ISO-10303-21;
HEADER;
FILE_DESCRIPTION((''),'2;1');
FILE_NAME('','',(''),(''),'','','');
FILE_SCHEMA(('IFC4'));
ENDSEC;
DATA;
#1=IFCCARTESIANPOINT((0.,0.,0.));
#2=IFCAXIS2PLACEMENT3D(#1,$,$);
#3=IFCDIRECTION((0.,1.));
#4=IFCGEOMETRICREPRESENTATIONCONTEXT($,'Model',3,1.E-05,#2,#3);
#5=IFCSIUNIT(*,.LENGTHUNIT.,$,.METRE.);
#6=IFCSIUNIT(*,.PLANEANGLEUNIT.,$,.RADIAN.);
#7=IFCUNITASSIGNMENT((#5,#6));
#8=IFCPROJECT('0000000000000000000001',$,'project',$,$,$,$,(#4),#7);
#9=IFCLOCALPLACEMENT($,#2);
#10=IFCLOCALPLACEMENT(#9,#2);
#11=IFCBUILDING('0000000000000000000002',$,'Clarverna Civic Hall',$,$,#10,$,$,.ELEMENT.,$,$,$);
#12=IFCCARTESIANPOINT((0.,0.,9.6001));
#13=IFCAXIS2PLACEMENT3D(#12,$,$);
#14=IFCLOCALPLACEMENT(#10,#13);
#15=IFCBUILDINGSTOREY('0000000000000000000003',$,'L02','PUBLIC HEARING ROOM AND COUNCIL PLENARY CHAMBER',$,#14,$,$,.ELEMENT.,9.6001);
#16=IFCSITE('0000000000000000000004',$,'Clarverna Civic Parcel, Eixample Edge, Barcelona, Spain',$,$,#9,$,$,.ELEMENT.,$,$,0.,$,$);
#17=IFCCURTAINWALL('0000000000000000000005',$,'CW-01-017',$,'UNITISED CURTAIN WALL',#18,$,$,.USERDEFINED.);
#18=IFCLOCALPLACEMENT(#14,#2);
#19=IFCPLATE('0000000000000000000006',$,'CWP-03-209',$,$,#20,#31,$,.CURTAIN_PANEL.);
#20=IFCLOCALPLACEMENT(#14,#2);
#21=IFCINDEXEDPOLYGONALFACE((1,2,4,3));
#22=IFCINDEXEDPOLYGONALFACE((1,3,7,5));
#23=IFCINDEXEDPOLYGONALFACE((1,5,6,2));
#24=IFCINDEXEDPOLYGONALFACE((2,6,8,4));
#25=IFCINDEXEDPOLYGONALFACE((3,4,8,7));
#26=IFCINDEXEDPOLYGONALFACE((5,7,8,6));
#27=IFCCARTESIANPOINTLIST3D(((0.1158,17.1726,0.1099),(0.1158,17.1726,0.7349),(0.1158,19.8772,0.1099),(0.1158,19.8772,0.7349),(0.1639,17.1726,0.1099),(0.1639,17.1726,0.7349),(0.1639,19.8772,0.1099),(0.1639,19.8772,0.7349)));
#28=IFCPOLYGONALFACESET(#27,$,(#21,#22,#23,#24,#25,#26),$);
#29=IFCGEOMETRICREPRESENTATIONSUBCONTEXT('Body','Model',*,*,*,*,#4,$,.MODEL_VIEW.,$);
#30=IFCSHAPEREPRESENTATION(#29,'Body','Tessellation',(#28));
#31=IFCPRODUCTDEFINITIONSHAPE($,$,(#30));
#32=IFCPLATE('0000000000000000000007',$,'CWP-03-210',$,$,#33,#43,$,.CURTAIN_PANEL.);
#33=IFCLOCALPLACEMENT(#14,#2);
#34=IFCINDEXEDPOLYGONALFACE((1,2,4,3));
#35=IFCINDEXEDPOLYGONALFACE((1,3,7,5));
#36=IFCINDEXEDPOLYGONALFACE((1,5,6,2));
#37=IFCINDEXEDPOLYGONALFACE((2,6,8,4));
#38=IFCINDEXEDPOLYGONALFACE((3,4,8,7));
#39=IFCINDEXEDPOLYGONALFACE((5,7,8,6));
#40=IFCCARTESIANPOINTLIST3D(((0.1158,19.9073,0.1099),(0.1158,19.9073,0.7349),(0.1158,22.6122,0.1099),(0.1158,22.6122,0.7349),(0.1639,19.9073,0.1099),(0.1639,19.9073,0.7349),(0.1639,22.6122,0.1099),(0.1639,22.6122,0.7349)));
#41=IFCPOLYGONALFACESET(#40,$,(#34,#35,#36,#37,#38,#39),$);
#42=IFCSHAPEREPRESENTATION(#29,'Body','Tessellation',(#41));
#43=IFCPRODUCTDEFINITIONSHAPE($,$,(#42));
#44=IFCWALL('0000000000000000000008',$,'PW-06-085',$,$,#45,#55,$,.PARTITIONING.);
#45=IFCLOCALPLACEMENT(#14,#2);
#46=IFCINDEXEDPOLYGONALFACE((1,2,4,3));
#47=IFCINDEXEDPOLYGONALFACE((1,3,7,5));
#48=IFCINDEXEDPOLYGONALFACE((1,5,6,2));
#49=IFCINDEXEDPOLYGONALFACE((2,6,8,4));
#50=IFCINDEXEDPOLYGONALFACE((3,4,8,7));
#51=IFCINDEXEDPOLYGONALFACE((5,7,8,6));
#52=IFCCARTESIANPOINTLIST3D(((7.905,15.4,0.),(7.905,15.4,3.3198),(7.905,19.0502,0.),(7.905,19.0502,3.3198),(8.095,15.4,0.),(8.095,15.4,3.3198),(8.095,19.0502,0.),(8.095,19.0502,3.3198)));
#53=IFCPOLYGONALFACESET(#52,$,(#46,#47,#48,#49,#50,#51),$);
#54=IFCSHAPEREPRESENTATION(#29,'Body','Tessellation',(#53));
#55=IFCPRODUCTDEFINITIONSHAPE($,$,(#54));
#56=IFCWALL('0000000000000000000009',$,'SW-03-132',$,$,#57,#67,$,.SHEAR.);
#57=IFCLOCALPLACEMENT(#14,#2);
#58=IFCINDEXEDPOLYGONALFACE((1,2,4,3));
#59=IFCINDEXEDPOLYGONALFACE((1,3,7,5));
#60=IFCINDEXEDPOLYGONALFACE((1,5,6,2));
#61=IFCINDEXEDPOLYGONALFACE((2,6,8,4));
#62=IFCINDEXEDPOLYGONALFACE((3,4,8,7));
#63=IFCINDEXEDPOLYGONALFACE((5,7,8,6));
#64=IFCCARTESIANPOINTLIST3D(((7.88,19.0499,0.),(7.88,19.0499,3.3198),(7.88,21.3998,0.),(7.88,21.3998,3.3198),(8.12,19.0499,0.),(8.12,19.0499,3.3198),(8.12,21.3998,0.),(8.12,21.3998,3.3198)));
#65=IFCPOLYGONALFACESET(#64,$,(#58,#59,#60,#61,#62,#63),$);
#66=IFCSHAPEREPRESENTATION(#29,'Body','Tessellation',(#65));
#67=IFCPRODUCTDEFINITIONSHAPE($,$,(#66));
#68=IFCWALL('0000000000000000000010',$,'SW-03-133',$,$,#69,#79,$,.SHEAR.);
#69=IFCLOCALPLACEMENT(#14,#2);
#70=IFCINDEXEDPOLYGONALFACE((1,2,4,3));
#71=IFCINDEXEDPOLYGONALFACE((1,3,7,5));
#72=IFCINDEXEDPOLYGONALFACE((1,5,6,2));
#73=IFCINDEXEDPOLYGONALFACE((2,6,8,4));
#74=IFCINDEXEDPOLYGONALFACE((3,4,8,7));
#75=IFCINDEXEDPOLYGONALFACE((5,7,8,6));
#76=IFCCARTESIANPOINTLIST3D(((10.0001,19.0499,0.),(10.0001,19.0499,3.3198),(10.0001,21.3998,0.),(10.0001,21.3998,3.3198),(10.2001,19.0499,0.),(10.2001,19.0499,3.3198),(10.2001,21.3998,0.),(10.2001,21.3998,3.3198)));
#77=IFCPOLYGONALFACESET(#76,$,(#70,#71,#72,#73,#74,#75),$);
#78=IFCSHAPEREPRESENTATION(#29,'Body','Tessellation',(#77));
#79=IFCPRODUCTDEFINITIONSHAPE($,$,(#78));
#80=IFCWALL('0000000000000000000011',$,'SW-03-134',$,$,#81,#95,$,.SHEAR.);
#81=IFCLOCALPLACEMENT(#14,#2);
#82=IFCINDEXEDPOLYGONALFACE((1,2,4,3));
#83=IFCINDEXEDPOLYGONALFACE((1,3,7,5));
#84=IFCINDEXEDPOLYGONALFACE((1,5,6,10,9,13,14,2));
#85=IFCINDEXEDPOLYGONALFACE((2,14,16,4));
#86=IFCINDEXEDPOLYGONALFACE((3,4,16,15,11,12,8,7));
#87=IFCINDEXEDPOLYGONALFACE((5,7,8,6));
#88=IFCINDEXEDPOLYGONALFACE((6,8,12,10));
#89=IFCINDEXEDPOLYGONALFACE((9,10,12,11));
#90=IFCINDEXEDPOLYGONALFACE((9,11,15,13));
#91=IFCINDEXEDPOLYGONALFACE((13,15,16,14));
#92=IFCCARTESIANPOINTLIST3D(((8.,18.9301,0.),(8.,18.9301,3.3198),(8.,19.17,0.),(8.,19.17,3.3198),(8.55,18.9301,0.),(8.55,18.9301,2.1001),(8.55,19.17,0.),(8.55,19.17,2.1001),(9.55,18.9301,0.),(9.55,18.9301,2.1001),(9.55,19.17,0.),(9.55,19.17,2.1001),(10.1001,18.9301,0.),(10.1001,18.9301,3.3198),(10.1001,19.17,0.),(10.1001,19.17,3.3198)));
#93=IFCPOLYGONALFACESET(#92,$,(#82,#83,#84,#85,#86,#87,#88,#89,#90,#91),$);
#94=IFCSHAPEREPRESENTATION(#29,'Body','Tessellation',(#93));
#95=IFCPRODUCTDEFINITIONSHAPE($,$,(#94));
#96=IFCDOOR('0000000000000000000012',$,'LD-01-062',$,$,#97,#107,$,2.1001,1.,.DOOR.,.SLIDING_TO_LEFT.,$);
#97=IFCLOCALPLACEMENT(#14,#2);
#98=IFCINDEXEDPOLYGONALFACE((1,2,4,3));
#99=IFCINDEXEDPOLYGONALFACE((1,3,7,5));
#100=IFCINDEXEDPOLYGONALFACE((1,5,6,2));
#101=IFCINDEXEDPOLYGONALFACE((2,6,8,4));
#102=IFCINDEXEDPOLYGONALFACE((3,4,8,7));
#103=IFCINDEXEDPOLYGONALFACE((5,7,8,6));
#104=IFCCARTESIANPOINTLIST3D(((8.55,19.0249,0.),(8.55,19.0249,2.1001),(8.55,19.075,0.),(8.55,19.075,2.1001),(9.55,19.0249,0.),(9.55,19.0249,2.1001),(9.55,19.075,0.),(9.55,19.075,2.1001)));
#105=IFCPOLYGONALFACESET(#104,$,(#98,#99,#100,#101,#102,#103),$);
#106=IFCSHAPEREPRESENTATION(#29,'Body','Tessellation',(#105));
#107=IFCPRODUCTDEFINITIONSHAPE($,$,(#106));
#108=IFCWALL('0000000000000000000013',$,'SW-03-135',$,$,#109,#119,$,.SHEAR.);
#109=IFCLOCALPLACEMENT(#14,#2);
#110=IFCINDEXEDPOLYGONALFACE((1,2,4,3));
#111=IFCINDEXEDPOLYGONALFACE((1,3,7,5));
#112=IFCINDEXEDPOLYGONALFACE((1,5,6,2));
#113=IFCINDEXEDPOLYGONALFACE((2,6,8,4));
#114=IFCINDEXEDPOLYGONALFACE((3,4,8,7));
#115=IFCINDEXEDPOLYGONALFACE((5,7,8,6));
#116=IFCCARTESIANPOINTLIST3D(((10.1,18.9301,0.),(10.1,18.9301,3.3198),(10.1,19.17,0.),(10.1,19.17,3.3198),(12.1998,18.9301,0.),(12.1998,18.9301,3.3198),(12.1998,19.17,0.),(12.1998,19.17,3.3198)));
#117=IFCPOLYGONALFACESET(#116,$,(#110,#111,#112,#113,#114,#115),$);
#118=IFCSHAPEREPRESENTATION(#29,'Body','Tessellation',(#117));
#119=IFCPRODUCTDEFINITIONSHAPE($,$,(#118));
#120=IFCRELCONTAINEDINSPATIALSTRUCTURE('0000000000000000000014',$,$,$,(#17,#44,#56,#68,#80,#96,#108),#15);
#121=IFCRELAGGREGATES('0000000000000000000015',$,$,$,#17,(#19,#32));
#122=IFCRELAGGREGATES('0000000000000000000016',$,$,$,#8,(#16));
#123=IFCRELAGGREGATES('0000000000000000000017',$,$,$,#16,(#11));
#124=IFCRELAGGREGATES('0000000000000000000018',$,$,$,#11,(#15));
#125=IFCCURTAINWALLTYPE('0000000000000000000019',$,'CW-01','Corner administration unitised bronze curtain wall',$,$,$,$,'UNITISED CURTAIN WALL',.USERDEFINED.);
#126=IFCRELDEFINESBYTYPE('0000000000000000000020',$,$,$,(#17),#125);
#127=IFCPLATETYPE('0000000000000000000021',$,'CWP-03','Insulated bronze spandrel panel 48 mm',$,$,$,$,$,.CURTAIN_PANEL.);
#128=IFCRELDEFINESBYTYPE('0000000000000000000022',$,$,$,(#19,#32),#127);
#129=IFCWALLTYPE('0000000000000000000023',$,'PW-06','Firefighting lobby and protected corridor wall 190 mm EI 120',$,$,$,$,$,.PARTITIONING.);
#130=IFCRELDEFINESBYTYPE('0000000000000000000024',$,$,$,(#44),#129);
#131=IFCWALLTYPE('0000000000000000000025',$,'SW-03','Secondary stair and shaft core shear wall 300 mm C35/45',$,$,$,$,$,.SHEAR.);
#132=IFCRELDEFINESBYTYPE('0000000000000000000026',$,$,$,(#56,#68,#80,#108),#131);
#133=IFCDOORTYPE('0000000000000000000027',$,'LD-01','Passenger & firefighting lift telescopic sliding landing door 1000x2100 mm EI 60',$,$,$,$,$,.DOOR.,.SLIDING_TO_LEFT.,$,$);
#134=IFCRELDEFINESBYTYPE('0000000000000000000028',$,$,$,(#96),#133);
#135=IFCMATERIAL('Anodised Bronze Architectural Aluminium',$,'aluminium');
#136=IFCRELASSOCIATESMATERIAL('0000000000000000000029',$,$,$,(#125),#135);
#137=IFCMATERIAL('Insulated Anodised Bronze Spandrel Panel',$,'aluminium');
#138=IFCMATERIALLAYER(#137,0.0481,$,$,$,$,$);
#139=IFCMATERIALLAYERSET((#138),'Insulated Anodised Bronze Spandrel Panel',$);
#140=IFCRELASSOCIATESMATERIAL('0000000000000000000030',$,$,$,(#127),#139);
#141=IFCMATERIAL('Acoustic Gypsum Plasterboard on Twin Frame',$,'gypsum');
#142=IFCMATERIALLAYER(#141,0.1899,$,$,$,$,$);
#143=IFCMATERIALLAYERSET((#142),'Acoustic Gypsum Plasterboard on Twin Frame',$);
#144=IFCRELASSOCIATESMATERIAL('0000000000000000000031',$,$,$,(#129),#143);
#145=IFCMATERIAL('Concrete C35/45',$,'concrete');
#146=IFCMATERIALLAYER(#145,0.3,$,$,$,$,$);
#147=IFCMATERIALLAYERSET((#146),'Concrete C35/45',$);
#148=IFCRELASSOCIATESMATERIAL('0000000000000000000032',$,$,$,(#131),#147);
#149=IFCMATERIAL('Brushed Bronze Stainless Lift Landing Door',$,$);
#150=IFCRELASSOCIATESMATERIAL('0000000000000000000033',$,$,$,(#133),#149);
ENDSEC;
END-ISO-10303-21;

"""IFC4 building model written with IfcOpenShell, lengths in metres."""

from ifc_helpers import new_model, si_unit, direction, frame, frame_2d, origin, place, context, subcontext, project, spatial, rectangle, extrude, material, layer, layer_set, type_object, element, fill, aggregate, save


model = new_model("IFC4")

# Units and contexts
model_context = context("Model", 3, precision=1e-05, world=origin(), true_north=direction((0.0, 1.0)))
body_context = subcontext(model_context, "Body", "Model", "MODEL_VIEW")
ifc_project = project(units=[si_unit("LENGTHUNIT", "METRE"), si_unit("PLANEANGLEUNIT", "RADIAN")], contexts=[model_context])

# Site, building, storey
site_placement = place(None, origin())
site = spatial("IfcSite", under=ifc_project, at=site_placement, Name="Clarverna Civic Parcel, Eixample Edge, Barcelona, Spain", CompositionType="ELEMENT", RefElevation=0.0)
building_placement = place(site_placement, origin())
building = spatial("IfcBuilding", under=site, at=building_placement, Name="Clarverna Civic Hall", CompositionType="ELEMENT")
storey_placement = place(building_placement, frame((0.0, 0.0, 9.6001)))
storey = spatial("IfcBuildingStorey", under=building, at=storey_placement, Name="L02", Description="PUBLIC HEARING ROOM AND COUNCIL PLENARY CHAMBER", CompositionType="ELEMENT", Elevation=9.6001)

# Shared definitions
ifc_material_1 = material(Name="Concrete C35/45", Category="concrete")

# Curtain wall
ifc_material_2 = material(Name="Anodised Bronze Architectural Aluminium", Category="aluminium")
curtain_wall_type = type_object("IfcCurtainWallType", Name="CW-01", Description="Corner administration unitised bronze curtain wall", ElementType="UNITISED CURTAIN WALL", PredefinedType="USERDEFINED", material=ifc_material_2)
curtain_wall_placement = place(storey_placement, origin())
curtain_wall = element("IfcCurtainWall", 1, at=curtain_wall_placement, inside=storey, type_object=curtain_wall_type, Name="CW-01-017", ObjectType="UNITISED CURTAIN WALL", PredefinedType="USERDEFINED")

# Plates
ifc_material_3 = material(Name="Insulated Anodised Bronze Spandrel Panel", Category="aluminium")
ifc_layer_1 = layer(ifc_material_3, 0.0481)
ifc_layer_set_1 = layer_set([ifc_layer_1], Name="Insulated Anodised Bronze Spandrel Panel")
plate_type_1 = type_object("IfcPlateType", Name="CWP-03", Description="Insulated bronze spandrel panel 48 mm", PredefinedType="CURTAIN_PANEL", material=ifc_layer_set_1)
plate_1_placement = place(storey_placement, frame((0.1399, 17.1726, 0.1099), z_axis=(0.0, 0.0, 1.0), x_axis=(0.0, 1.0, 0.0)))
plate_1 = element("IfcPlate", 2, at=plate_1_placement, type_object=plate_type_1, Name="CWP-03-209", PredefinedType="CURTAIN_PANEL", context=body_context, shape_type="SweptSolid", body=[
    extrude(rectangle(XDim=2.7046, YDim=0.0481, at=frame_2d((1.3523, 0.0))), origin(), (0.0, 0.0, 1.0), 0.625),
])
plate_2_placement = place(storey_placement, frame((0.1399, 19.9072, 0.1099), z_axis=(0.0, 0.0, 1.0), x_axis=(0.0, 1.0, 0.0)))
plate_2 = element("IfcPlate", 3, at=plate_2_placement, type_object=plate_type_1, Name="CWP-03-210", PredefinedType="CURTAIN_PANEL", context=body_context, shape_type="SweptSolid", body=[
    extrude(rectangle(XDim=2.7048, YDim=0.0481, at=frame_2d((1.3525, 0.0))), origin(), (0.0, 0.0, 1.0), 0.625),
])
aggregate(curtain_wall, [plate_1, plate_2])

# Wall
ifc_material_4 = material(Name="Acoustic Gypsum Plasterboard on Twin Frame", Category="gypsum")
ifc_layer_2 = layer(ifc_material_4, 0.1899)
ifc_layer_set_2 = layer_set([ifc_layer_2], Name="Acoustic Gypsum Plasterboard on Twin Frame")
wall_type_1 = type_object("IfcWallType", Name="PW-06", Description="Firefighting lobby and protected corridor wall 190 mm EI 120", PredefinedType="PARTITIONING", material=ifc_layer_set_2)
wall_1_placement = place(storey_placement, frame((8.0, 15.3999, 0.0), z_axis=(0.0, 0.0, 1.0), x_axis=(0.0, 1.0, 0.0)))
element("IfcWall", 4, at=wall_1_placement, inside=storey, type_object=wall_type_1, Name="PW-06-085", PredefinedType="PARTITIONING", context=body_context, shape_type="SweptSolid", body=[
    extrude(rectangle(XDim=3.6501, YDim=0.1899, at=frame_2d((1.8252, 0.0))), origin(), (0.0, 0.0, 1.0), 3.3198),
])

# Walls
ifc_layer_3 = layer(ifc_material_1, 0.3)
ifc_layer_set_3 = layer_set([ifc_layer_3], Name="Concrete C35/45")
wall_type_2 = type_object("IfcWallType", Name="SW-03", Description="Secondary stair and shaft core shear wall 300 mm C35/45", PredefinedType="SHEAR", material=ifc_layer_set_3)
wall_2_placement = place(storey_placement, frame((8.0, 19.05, 0.0), z_axis=(0.0, 0.0, 1.0), x_axis=(0.0, 1.0, 0.0)))
element("IfcWall", 5, at=wall_2_placement, inside=storey, type_object=wall_type_2, Name="SW-03-132", PredefinedType="SHEAR", context=body_context, shape_type="SweptSolid", body=[
    extrude(rectangle(XDim=2.3499, YDim=0.24, at=frame_2d((1.1748, 0.0))), origin(), (0.0, 0.0, 1.0), 3.3198),
])
wall_3_placement = place(storey_placement, frame((10.1001, 19.05, 0.0), z_axis=(0.0, 0.0, 1.0), x_axis=(0.0, 1.0, 0.0)))
element("IfcWall", 6, at=wall_3_placement, inside=storey, type_object=wall_type_2, Name="SW-03-133", PredefinedType="SHEAR", context=body_context, shape_type="SweptSolid", body=[
    extrude(rectangle(XDim=2.3499, YDim=0.2, at=frame_2d((1.1748, 0.0))), origin(), (0.0, 0.0, 1.0), 3.3198),
])

# Wall, opening, door
wall_4_placement = place(storey_placement, frame((8.0, 19.05, 0.0), z_axis=(0.0, 0.0, 1.0), x_axis=(1.0, 0.0, 0.0)))
wall_4 = element("IfcWall", 7, at=wall_4_placement, inside=storey, type_object=wall_type_2, Name="SW-03-134", PredefinedType="SHEAR", context=body_context, shape_type="SweptSolid", body=[
    extrude(rectangle(XDim=2.1001, YDim=0.24, at=frame_2d((1.05, 0.0))), origin(), (0.0, 0.0, 1.0), 3.3198),
])
opening_1_placement = place(wall_4_placement, frame((0.55, 0.0, 0.0)))
opening_1 = element("IfcOpeningElement", 8, at=opening_1_placement, cuts=wall_4, PredefinedType="OPENING", context=body_context, shape_type="SweptSolid", body=[
    extrude(rectangle(XDim=1.0, YDim=2.1001, at=frame_2d((0.5, 1.05))), frame((0.0, 0.1299, 0.0), z_axis=(0.0, -1.0, 0.0), x_axis=(1.0, 0.0, 0.0)), (0.0, 0.0, 1.0), 0.26),
])
ifc_material_5 = material(Name="Brushed Bronze Stainless Lift Landing Door")
door_type_1 = type_object("IfcDoorType", Name="LD-01", Description="Passenger & firefighting lift telescopic sliding landing door 1000x2100 mm EI 60", OperationType="SLIDING_TO_LEFT", PredefinedType="DOOR", material=ifc_material_5)
door_1_placement = place(opening_1_placement, origin())
door_1 = element("IfcDoor", 9, at=door_1_placement, inside=storey, type_object=door_type_1, Name="LD-01-062", OperationType="SLIDING_TO_LEFT", OverallHeight=2.1001, OverallWidth=1.0, PredefinedType="DOOR", context=body_context, shape_type="SweptSolid", body=[
    extrude(rectangle(XDim=1.0, YDim=2.1001, at=frame_2d((0.5, 1.05))), frame((0.0, 0.0249, 0.0), z_axis=(0.0, -1.0, 0.0), x_axis=(1.0, 0.0, 0.0)), (0.0, 0.0, 1.0), 0.05),
])
fill(opening_1, door_1)

# Wall
wall_5_placement = place(storey_placement, frame((10.1001, 19.05, 0.0), z_axis=(0.0, 0.0, 1.0), x_axis=(1.0, 0.0, 0.0)))
element("IfcWall", 10, at=wall_5_placement, inside=storey, type_object=wall_type_2, Name="SW-03-135", PredefinedType="SHEAR", context=body_context, shape_type="SweptSolid", body=[
    extrude(rectangle(XDim=2.0999, YDim=0.24, at=frame_2d((1.0498, 0.0))), origin(), (0.0, 0.0, 1.0), 3.3198),
])

save(model, "model.ifc")
